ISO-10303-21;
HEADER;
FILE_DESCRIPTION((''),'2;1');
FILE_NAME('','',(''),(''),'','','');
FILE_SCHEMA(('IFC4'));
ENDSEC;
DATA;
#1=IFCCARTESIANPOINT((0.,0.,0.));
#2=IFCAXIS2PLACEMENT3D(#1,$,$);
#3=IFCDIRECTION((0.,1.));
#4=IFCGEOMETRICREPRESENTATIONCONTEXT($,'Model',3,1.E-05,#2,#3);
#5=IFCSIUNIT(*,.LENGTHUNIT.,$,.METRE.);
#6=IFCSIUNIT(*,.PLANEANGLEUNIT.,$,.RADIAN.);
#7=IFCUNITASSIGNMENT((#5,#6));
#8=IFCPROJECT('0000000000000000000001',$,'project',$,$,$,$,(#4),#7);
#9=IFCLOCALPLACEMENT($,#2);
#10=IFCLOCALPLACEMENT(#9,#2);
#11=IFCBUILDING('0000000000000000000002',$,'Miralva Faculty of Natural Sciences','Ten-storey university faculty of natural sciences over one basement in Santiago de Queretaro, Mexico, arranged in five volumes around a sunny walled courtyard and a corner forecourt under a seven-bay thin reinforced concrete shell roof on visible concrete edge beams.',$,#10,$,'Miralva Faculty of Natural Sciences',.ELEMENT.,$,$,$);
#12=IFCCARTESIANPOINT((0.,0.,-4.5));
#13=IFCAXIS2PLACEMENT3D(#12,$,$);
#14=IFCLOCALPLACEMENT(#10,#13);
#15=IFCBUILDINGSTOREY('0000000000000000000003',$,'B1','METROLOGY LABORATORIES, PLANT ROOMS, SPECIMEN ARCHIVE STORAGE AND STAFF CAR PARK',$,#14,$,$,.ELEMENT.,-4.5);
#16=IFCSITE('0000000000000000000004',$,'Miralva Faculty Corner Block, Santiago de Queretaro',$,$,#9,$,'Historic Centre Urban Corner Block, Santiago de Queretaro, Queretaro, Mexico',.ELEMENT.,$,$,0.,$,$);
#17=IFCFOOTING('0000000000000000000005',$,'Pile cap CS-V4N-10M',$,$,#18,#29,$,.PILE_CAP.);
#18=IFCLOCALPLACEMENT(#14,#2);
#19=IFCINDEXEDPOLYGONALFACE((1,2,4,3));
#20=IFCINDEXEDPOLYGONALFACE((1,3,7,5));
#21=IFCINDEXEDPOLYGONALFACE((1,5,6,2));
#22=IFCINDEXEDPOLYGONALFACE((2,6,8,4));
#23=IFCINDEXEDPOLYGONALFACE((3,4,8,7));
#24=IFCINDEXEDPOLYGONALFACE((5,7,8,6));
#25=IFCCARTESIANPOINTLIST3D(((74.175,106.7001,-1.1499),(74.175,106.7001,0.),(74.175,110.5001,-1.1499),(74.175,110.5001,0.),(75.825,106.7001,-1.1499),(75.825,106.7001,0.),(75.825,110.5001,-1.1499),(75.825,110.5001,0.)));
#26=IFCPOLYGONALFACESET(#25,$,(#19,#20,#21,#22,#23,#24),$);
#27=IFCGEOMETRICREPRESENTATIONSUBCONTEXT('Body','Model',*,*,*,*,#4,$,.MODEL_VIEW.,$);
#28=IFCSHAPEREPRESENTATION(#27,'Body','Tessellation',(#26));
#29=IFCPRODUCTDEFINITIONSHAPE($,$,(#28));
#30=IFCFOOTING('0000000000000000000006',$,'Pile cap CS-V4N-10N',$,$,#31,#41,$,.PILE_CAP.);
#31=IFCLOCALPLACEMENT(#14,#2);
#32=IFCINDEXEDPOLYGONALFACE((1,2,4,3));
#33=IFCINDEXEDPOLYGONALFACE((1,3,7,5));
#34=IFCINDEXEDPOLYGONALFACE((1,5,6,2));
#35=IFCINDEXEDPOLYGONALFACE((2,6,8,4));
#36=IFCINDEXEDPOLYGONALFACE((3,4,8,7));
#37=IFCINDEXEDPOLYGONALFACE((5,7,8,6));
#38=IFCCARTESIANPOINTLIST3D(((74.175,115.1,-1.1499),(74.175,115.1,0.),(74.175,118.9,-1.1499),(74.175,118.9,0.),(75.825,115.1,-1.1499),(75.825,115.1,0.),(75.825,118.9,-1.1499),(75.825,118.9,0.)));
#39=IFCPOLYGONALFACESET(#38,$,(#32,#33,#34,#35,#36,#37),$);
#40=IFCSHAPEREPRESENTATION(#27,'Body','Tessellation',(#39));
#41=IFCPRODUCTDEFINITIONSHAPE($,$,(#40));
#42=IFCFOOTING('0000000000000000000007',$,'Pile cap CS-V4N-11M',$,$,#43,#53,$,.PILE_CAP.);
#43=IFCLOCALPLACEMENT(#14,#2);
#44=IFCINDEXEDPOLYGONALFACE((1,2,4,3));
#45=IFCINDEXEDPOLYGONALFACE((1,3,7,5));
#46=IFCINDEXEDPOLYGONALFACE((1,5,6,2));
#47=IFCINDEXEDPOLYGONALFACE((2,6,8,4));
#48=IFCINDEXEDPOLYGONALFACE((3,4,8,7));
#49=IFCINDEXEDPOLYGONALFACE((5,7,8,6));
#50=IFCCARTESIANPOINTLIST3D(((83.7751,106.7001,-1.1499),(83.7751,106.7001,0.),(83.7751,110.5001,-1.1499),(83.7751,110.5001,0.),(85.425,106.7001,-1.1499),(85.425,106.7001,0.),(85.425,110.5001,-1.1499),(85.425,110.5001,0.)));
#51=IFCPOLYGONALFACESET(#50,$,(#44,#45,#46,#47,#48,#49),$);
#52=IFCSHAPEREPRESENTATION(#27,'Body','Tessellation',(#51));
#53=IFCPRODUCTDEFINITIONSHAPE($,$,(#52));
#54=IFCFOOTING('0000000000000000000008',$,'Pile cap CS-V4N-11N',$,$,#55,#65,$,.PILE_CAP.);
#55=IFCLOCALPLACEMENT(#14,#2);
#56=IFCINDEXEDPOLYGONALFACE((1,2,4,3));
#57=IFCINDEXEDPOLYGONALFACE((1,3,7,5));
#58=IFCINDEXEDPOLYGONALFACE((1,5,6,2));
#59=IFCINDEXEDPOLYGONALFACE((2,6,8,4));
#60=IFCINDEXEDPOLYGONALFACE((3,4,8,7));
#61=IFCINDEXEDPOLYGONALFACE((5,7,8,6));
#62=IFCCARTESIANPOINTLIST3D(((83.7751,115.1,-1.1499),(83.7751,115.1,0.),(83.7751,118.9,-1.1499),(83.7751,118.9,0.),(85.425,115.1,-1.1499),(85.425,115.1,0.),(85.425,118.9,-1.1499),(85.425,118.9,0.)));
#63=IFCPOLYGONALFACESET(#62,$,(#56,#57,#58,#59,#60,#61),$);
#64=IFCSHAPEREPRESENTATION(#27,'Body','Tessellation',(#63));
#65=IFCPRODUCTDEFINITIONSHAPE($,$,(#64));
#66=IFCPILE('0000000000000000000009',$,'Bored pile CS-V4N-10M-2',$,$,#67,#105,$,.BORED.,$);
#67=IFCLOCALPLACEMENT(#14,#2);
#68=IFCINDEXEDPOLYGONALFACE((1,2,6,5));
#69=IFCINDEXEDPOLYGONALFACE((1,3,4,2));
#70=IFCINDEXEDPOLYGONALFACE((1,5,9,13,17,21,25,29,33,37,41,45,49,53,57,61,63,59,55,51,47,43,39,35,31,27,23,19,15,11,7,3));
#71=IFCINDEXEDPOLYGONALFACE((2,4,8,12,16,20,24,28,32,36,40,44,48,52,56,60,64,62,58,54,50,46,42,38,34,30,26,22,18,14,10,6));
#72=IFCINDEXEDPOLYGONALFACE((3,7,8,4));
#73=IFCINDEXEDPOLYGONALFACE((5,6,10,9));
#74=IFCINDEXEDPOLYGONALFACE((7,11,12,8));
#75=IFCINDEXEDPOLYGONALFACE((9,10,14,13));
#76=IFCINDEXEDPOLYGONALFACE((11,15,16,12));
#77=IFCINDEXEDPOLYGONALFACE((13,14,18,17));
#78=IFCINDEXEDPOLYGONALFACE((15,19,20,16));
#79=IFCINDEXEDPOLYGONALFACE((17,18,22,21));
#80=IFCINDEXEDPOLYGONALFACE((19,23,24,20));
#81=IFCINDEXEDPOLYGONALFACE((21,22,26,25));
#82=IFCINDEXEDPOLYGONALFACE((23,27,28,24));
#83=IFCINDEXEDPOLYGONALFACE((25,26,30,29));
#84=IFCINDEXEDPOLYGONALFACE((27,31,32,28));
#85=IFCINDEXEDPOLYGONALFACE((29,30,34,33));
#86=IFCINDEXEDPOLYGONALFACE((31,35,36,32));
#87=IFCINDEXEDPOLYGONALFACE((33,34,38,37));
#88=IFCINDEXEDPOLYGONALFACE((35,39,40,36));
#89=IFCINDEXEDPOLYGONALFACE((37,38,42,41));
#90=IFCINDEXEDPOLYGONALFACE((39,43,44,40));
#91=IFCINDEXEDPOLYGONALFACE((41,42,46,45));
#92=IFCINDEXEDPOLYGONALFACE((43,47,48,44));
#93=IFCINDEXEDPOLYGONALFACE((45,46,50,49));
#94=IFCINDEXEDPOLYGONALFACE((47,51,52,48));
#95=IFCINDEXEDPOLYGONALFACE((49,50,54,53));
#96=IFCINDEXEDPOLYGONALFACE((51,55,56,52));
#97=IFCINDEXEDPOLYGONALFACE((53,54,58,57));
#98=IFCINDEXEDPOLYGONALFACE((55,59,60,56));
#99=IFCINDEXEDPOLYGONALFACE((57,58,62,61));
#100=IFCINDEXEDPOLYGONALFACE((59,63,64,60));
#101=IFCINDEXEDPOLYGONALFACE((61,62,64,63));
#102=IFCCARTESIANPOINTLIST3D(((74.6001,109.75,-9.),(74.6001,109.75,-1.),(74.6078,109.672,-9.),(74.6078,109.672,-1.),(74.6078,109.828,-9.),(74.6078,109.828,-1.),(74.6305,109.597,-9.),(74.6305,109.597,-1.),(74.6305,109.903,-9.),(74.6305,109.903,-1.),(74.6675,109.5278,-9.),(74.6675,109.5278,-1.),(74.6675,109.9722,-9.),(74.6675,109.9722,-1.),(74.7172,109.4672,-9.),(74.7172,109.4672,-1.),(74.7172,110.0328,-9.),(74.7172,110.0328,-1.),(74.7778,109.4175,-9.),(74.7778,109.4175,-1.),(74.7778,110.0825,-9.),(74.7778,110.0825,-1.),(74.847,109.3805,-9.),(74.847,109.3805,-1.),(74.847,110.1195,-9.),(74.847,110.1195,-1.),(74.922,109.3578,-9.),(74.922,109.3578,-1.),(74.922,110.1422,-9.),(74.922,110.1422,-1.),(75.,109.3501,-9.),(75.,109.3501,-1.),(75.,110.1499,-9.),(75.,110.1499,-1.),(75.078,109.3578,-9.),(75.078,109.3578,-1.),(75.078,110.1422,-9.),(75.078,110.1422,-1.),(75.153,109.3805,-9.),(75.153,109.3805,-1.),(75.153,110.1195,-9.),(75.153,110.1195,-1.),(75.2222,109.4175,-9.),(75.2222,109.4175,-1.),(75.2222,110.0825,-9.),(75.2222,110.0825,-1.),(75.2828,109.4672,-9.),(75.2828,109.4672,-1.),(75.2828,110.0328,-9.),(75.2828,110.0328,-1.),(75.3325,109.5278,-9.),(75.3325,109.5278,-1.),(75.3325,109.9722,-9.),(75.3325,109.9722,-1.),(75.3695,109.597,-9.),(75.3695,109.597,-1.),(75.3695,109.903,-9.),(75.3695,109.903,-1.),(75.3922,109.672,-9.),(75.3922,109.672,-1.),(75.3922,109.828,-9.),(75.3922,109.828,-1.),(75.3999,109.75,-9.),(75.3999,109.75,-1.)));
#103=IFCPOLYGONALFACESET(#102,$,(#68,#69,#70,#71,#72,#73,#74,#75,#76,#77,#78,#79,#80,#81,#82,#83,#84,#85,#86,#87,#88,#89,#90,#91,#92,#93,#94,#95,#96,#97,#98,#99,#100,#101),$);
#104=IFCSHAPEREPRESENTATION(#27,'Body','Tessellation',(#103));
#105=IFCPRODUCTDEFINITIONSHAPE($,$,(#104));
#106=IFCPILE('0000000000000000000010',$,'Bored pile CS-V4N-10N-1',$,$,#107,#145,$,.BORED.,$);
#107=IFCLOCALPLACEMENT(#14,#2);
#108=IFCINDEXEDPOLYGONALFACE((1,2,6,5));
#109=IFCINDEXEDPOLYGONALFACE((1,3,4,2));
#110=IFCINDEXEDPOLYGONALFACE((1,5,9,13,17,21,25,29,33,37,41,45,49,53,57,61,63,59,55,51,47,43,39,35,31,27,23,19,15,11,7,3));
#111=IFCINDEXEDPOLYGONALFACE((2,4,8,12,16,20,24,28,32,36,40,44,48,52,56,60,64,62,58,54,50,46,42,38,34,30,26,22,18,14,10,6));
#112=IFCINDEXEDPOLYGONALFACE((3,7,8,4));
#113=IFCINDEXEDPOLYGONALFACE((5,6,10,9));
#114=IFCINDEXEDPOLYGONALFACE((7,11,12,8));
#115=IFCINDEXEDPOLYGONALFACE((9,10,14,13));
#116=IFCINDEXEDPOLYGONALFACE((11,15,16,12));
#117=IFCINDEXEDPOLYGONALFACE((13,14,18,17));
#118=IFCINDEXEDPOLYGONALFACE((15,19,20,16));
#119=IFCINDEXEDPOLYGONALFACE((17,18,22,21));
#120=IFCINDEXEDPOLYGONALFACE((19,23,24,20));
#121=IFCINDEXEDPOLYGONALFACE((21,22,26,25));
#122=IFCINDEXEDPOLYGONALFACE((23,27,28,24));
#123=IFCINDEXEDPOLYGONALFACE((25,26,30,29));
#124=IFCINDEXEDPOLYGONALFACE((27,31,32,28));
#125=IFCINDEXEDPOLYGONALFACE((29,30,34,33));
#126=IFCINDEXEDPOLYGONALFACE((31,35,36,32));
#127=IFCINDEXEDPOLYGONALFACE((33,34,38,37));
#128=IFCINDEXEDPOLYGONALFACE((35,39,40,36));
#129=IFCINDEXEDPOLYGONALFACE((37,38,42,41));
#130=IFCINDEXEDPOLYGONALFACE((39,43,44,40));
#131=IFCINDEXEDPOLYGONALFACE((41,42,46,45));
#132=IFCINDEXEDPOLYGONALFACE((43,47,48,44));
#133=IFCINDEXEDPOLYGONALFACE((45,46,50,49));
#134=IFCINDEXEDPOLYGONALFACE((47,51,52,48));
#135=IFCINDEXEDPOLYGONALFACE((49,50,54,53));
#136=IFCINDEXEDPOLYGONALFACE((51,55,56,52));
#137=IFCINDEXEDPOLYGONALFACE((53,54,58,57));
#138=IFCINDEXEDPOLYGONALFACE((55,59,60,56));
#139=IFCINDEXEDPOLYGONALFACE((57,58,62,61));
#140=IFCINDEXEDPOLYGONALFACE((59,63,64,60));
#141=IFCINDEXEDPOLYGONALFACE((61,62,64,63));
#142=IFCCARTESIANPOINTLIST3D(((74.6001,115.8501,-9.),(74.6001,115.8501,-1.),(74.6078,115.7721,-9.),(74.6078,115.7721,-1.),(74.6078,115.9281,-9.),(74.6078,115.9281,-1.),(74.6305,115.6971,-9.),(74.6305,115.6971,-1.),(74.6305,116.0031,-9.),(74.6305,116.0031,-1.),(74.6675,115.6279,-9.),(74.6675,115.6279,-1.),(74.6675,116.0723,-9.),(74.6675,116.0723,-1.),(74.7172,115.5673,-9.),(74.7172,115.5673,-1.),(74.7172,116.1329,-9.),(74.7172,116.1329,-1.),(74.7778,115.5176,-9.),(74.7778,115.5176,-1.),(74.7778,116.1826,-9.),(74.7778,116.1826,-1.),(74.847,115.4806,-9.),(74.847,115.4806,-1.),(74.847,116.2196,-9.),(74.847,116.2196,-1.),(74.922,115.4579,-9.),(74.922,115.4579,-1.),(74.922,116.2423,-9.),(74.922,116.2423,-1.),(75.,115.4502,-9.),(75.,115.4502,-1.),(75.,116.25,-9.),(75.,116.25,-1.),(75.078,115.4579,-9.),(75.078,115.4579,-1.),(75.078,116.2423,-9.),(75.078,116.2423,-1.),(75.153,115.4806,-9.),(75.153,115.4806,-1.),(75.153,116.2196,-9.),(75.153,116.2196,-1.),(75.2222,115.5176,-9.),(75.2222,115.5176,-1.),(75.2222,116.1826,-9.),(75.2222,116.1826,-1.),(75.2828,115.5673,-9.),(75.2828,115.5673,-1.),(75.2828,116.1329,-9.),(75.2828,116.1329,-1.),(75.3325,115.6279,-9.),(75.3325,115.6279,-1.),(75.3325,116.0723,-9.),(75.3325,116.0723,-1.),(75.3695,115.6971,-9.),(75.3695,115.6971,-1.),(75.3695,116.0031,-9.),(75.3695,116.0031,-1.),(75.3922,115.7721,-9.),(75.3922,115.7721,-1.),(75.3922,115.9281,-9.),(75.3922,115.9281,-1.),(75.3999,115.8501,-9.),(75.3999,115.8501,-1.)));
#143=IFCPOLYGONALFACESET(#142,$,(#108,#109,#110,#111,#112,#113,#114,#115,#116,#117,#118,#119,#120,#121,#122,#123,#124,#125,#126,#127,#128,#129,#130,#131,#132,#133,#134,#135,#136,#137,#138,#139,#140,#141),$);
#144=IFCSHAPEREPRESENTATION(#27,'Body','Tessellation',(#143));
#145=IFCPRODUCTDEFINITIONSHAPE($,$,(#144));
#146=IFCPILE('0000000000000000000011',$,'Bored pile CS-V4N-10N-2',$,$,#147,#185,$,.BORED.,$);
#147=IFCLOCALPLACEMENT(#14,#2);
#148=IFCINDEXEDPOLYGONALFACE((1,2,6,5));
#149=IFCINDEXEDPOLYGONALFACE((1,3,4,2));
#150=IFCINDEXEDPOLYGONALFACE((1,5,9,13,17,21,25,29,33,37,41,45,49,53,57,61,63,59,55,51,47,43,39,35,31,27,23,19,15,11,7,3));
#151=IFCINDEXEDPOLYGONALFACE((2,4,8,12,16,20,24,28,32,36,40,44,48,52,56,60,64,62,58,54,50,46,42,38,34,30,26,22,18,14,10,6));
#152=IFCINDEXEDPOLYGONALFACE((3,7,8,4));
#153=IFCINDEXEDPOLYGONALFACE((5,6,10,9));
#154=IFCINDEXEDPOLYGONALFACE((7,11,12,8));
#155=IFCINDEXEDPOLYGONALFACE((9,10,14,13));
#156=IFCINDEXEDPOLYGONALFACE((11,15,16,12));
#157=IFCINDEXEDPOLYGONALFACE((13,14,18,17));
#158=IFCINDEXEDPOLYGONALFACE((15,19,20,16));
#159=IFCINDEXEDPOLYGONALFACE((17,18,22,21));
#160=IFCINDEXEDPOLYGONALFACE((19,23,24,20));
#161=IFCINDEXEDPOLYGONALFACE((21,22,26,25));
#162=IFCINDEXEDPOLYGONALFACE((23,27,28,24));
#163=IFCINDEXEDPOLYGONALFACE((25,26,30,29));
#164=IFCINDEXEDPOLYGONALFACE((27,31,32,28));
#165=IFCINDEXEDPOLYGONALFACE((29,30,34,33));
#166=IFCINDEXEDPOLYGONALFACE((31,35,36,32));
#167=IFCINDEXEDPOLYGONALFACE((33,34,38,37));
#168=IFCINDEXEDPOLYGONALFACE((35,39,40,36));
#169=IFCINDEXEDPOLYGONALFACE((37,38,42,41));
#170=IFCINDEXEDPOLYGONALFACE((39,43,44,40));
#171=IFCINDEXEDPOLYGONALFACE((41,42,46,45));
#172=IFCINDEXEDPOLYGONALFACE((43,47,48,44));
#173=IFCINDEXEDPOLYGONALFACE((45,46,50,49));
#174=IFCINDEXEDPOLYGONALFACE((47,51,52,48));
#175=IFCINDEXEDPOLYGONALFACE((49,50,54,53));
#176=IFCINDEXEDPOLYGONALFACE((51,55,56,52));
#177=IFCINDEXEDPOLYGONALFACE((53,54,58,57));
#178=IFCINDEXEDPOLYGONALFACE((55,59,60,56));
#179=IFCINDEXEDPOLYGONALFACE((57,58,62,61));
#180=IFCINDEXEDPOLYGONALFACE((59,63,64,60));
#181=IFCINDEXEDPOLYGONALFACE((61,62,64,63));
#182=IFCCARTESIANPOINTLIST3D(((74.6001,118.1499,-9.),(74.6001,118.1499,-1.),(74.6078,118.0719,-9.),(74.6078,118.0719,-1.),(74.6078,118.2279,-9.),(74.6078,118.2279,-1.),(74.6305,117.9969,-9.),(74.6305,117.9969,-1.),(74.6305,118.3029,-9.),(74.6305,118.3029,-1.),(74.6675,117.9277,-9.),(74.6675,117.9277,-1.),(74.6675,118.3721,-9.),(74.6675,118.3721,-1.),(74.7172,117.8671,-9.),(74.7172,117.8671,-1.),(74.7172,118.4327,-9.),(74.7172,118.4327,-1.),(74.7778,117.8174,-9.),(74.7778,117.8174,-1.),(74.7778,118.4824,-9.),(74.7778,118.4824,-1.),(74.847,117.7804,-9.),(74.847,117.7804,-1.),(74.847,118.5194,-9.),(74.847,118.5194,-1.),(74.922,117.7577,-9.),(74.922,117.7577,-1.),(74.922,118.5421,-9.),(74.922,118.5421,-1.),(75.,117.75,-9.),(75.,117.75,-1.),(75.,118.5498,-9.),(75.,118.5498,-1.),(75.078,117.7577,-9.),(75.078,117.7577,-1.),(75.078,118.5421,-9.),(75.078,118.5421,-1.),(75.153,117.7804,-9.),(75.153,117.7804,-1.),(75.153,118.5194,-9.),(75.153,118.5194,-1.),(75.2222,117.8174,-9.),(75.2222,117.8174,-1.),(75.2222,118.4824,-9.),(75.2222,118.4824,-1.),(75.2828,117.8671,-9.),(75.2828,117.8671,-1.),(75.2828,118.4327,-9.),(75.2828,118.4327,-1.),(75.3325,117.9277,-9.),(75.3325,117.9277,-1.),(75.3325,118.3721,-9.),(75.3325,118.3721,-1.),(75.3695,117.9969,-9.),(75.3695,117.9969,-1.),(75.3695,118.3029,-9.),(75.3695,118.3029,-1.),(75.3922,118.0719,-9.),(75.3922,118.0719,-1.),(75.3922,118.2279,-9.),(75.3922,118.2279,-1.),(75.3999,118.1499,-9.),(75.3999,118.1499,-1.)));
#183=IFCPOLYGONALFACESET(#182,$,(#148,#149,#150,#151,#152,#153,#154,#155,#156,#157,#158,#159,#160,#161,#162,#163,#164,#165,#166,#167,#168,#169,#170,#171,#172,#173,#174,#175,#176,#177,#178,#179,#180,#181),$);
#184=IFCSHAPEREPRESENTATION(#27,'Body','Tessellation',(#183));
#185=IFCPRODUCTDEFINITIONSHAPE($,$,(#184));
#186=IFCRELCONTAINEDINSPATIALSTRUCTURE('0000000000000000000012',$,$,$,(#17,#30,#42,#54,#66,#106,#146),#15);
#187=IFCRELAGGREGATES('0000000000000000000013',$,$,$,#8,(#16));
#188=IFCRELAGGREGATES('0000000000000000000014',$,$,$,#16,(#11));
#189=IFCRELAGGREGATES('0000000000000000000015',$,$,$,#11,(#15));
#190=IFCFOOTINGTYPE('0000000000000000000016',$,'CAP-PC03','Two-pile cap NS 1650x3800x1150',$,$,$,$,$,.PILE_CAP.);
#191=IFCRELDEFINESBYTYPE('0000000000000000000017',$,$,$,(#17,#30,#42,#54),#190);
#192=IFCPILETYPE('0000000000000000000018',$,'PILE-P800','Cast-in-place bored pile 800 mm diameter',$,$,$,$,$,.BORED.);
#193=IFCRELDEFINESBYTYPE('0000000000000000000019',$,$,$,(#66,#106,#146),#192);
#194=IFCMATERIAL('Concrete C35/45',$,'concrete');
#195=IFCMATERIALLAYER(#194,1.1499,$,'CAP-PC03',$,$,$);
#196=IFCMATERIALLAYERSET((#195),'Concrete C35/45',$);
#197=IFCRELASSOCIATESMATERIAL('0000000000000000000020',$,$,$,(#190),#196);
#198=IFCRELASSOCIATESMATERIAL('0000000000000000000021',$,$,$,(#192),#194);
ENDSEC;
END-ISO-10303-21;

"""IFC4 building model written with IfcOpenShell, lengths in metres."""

from ifc_helpers import new_model, si_unit, direction, frame, origin, origin_2d, place, context, subcontext, project, spatial, rectangle, circle, extrude, material, layer, layer_set, material_profile, profile_set, type_object, element, save


model = new_model("IFC4")

# Units and contexts
model_context = context("Model", 3, precision=1e-05, world=origin(), true_north=direction((0.0, 1.0)))
body_context = subcontext(model_context, "Body", "Model", "MODEL_VIEW")
ifc_project = project(units=[si_unit("LENGTHUNIT", "METRE"), si_unit("PLANEANGLEUNIT", "RADIAN")], contexts=[model_context])

# Site, building, storey
site_placement = place(None, origin())
site = spatial("IfcSite", under=ifc_project, at=site_placement, Name="Miralva Faculty Corner Block, Santiago de Queretaro", LongName="Historic Centre Urban Corner Block, Santiago de Queretaro, Queretaro, Mexico", CompositionType="ELEMENT", RefElevation=0.0)
building_placement = place(site_placement, origin())
building = spatial("IfcBuilding", under=site, at=building_placement, Name="Miralva Faculty of Natural Sciences", Description="Ten-storey university faculty of natural sciences over one basement in Santiago de Queretaro, Mexico, arranged in five volumes around a sunny walled courtyard and a corner forecourt under a seven-bay thin reinforced concrete shell roof on visible concrete edge beams.", LongName="Miralva Faculty of Natural Sciences", CompositionType="ELEMENT")
storey_placement = place(building_placement, frame((0.0, 0.0, -4.5)))
storey = spatial("IfcBuildingStorey", under=building, at=storey_placement, Name="B1", Description="METROLOGY LABORATORIES, PLANT ROOMS, SPECIMEN ARCHIVE STORAGE AND STAFF CAR PARK", CompositionType="ELEMENT", Elevation=-4.5)

# Footings
ifc_material_1 = material(Name="Concrete C35/45", Category="concrete")
ifc_layer = layer(ifc_material_1, 1.1499, Name="CAP-PC03")
ifc_layer_set = layer_set([ifc_layer], Name="Concrete C35/45")
footing_type_1 = type_object("IfcFootingType", Name="CAP-PC03", Description="Two-pile cap NS 1650x3800x1150", PredefinedType="PILE_CAP", material=ifc_layer_set)
for number, where, z_axis, x_axis, name in (
    (1, (75.0, 108.6001, -1.1499), (0.0, 0.0, 1.0), (1.0, 0.0, 0.0), "Pile cap CS-V4N-10M"),
    (2, (75.0, 117.0, -1.1499), (0.0, 0.0, 1.0), (1.0, 0.0, 0.0), "Pile cap CS-V4N-10N"),
    (3, (84.6001, 108.6001, -1.1499), (0.0, 0.0, 1.0), (1.0, 0.0, 0.0), "Pile cap CS-V4N-11M"),
    (4, (84.6001, 117.0, -1.1499), (0.0, 0.0, 1.0), (1.0, 0.0, 0.0), "Pile cap CS-V4N-11N"),
):
    element("IfcFooting", number, at=place(storey_placement, frame(where, z_axis=z_axis, x_axis=x_axis)), inside=storey, type_object=footing_type_1, Name=name, PredefinedType="PILE_CAP", context=body_context, shape_type="SweptSolid", body=[
        extrude(rectangle(XDim=1.6499, YDim=3.8, at=origin_2d()), origin(), (0.0, 0.0, 1.0), 1.1499),
    ])

# Piles
ifc_material_profile_1 = material_profile(ifc_material_1, circle(Radius=0.3999, at=origin_2d()), Name="BORED PILE 800")
ifc_profile_set_1 = profile_set([ifc_material_profile_1], Name="Concrete C35/45")
pile_type = type_object("IfcPileType", Name="PILE-P800", Description="Cast-in-place bored pile 800 mm diameter", PredefinedType="BORED", material=ifc_profile_set_1)
for number, where, z_axis, x_axis, name in (
    (5, (75.0, 109.75, -1.0), (0.0, 0.0, -1.0), (1.0, 0.0, 0.0), "Bored pile CS-V4N-10M-2"),
    (6, (75.0, 115.8501, -1.0), (0.0, 0.0, -1.0), (1.0, 0.0, 0.0), "Bored pile CS-V4N-10N-1"),
    (7, (75.0, 118.1499, -1.0), (0.0, 0.0, -1.0), (1.0, 0.0, 0.0), "Bored pile CS-V4N-10N-2"),
):
    element("IfcPile", number, at=place(storey_placement, frame(where, z_axis=z_axis, x_axis=x_axis)), inside=storey, type_object=pile_type, Name=name, PredefinedType="BORED", context=body_context, shape_type="SweptSolid", body=[
        extrude(circle(Radius=0.3999, at=origin_2d()), origin(), (0.0, 0.0, 1.0), 8.0),
    ])

save(model, "model.ifc")
